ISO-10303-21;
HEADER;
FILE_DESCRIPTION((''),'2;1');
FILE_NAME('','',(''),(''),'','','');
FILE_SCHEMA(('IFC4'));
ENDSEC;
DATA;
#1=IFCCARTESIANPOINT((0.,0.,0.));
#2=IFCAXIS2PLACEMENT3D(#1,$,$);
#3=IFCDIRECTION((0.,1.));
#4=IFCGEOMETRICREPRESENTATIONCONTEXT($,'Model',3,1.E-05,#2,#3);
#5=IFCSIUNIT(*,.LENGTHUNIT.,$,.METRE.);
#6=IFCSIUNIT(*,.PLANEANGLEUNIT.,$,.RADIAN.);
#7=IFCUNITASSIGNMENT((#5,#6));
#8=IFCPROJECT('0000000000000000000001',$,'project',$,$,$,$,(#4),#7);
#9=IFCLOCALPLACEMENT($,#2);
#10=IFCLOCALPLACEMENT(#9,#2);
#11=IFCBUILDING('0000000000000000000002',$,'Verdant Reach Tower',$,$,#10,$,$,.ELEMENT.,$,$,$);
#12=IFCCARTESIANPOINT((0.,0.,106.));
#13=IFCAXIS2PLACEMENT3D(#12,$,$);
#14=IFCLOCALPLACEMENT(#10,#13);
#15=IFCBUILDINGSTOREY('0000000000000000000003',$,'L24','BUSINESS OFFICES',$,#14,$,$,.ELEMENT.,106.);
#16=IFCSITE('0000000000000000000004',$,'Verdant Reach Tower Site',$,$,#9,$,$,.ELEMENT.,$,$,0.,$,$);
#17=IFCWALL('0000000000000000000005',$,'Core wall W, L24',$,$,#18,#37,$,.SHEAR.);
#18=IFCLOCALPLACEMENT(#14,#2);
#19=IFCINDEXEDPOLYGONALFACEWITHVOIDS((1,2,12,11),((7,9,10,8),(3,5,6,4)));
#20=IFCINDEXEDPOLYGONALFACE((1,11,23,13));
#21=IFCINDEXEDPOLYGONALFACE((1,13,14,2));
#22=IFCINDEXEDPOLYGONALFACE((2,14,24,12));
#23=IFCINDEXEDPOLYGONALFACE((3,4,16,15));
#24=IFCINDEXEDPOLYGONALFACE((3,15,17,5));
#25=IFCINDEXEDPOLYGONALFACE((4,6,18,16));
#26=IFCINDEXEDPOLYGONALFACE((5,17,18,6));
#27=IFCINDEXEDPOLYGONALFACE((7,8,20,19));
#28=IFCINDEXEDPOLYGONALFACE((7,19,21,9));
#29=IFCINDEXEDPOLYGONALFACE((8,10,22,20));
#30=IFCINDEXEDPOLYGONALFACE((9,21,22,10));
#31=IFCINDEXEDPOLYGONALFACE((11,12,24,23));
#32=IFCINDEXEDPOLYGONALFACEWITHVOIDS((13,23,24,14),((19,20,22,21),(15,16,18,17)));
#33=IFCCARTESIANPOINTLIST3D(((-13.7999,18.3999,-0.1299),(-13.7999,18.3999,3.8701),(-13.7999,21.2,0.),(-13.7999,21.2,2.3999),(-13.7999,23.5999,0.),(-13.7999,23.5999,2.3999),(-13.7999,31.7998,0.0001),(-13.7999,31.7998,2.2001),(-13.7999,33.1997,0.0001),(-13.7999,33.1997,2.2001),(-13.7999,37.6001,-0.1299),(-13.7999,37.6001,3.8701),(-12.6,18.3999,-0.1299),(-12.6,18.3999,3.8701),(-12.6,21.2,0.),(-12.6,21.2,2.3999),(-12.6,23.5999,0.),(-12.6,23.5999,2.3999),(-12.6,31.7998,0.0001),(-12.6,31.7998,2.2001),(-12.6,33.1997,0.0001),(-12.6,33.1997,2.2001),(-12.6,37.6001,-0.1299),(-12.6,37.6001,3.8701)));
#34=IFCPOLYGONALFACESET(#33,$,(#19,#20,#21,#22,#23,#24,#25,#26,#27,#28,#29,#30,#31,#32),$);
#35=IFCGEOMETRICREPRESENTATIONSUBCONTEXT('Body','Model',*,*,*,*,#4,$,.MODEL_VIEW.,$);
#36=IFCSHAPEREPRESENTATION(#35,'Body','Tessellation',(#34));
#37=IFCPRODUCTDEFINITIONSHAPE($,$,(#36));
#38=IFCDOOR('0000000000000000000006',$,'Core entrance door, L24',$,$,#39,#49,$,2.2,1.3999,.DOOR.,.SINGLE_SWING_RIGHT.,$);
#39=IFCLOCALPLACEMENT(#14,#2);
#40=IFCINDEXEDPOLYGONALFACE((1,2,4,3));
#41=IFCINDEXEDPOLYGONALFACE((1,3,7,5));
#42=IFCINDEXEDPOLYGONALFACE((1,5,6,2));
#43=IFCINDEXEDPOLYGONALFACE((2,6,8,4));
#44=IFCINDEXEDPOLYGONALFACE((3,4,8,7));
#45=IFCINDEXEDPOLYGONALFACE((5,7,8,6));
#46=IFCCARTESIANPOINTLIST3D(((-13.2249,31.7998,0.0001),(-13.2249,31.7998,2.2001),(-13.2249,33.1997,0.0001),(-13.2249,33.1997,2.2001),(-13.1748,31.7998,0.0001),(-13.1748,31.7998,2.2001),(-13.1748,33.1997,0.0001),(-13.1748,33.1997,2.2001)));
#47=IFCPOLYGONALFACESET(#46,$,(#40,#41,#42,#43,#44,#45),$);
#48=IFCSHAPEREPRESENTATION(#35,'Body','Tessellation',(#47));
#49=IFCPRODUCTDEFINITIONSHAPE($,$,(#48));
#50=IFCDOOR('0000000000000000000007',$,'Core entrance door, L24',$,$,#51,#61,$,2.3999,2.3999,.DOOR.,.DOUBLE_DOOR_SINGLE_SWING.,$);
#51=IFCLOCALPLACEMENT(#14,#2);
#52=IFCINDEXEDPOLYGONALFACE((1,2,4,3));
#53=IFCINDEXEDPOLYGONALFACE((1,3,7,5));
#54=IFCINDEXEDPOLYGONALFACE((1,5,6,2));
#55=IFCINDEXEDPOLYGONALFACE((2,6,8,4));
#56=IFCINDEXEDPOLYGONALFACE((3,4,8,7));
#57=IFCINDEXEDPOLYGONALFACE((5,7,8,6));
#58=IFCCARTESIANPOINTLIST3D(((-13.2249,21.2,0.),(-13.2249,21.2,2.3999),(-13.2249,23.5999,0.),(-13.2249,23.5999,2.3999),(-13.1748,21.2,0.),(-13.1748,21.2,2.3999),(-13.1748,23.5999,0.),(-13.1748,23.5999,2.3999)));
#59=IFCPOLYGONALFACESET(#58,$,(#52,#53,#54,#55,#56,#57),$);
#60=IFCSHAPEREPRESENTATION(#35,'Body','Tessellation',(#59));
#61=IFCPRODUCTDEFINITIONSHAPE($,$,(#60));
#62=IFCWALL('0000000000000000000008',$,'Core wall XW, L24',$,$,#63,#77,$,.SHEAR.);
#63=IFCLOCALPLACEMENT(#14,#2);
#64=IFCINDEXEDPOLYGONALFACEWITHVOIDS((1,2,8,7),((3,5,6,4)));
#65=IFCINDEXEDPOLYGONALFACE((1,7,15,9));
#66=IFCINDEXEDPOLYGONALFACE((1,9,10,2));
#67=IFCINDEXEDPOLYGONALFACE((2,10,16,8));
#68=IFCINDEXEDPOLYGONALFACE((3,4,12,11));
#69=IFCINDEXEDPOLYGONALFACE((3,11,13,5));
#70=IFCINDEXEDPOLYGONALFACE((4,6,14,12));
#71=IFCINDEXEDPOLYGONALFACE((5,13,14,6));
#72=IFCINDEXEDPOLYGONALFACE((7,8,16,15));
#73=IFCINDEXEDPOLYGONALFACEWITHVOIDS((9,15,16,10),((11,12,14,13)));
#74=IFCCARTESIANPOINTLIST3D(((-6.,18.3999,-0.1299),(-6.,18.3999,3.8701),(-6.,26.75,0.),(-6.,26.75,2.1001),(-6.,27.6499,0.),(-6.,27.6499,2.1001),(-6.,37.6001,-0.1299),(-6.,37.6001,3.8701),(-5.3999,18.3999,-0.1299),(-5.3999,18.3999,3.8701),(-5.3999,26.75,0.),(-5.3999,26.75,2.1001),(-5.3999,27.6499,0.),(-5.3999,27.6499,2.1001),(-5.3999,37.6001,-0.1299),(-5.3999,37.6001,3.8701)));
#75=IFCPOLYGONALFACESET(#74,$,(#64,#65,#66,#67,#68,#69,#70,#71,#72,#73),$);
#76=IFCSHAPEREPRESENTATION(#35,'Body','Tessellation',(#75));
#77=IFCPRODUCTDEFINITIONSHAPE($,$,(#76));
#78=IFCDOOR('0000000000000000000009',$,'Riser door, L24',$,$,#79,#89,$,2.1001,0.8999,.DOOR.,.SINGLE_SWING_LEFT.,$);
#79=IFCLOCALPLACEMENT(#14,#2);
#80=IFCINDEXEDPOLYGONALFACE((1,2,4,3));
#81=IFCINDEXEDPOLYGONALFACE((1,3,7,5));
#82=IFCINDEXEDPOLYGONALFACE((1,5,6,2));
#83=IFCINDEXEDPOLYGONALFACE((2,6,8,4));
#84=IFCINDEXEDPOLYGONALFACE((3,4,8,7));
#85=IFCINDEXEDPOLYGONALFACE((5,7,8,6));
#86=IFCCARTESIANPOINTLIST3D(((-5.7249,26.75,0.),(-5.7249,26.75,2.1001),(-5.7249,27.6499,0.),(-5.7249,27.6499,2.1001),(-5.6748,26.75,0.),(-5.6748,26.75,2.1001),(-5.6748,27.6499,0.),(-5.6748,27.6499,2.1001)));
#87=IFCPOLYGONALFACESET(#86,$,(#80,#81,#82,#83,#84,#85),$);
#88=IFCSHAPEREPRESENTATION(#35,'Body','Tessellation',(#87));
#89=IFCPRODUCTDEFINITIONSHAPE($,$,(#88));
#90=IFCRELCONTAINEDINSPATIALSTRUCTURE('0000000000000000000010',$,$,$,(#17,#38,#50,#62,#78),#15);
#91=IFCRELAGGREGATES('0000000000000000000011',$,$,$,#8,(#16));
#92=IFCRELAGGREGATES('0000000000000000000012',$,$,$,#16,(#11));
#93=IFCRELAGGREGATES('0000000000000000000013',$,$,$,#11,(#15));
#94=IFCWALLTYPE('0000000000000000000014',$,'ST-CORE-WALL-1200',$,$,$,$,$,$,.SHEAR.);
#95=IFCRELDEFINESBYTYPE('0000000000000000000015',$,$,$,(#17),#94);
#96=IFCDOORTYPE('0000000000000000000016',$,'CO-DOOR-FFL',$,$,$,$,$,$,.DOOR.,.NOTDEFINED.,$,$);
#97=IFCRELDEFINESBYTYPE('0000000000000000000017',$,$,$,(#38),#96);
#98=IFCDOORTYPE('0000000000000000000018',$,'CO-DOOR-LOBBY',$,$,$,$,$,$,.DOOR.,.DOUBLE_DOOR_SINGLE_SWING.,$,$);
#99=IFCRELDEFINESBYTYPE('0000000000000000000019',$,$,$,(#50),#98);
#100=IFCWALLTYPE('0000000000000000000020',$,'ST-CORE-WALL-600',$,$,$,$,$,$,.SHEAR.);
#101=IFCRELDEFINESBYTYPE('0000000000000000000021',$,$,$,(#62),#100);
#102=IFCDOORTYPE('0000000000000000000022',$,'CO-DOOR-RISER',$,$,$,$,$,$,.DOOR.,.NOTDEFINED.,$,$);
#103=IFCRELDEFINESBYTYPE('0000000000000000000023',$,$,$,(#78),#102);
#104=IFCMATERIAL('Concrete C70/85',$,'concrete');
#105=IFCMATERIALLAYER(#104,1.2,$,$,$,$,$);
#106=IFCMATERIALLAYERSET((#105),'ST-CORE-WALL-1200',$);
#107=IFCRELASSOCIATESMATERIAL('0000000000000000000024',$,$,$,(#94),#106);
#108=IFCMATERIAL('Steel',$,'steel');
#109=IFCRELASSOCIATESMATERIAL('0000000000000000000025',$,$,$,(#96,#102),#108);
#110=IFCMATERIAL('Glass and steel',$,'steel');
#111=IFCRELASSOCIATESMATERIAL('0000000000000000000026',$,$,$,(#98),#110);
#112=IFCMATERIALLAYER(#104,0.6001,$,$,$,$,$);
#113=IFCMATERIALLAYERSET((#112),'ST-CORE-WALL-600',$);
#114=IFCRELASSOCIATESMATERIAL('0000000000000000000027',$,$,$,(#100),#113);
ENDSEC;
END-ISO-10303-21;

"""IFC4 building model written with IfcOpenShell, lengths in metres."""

from ifc_helpers import new_model, si_unit, direction, frame, frame_2d, origin, place, context, subcontext, project, spatial, rectangle, extrude, material, layer, layer_set, type_object, element, fill, save


model = new_model("IFC4")

# Units and contexts
model_context = context("Model", 3, precision=1e-05, world=origin(), true_north=direction((0.0, 1.0)))
body_context = subcontext(model_context, "Body", "Model", "MODEL_VIEW")
ifc_project = project(units=[si_unit("LENGTHUNIT", "METRE"), si_unit("PLANEANGLEUNIT", "RADIAN")], contexts=[model_context])

# Site, building, storey
site_placement = place(None, origin())
site = spatial("IfcSite", under=ifc_project, at=site_placement, Name="Verdant Reach Tower Site", CompositionType="ELEMENT", RefElevation=0.0)
building_placement = place(site_placement, origin())
building = spatial("IfcBuilding", under=site, at=building_placement, Name="Verdant Reach Tower", CompositionType="ELEMENT")
storey_placement = place(building_placement, frame((0.0, 0.0, 106.0)))
storey = spatial("IfcBuildingStorey", under=building, at=storey_placement, Name="L24", Description="BUSINESS OFFICES", CompositionType="ELEMENT", Elevation=106.0)

# Shared definitions
ifc_material_1 = material(Name="Concrete C70/85", Category="concrete")
ifc_layer_1 = layer(ifc_material_1, 1.2)
ifc_layer_set_1 = layer_set([ifc_layer_1], Name="ST-CORE-WALL-1200")
wall_type_1 = type_object("IfcWallType", Name="ST-CORE-WALL-1200", PredefinedType="SHEAR", material=ifc_layer_set_1)

# Wall, openings, doors
wall_1_placement = place(storey_placement, frame((-13.2, 18.3999, -0.1299), z_axis=(0.0, 0.0, 1.0), x_axis=(0.0, 1.0, 0.0)))
wall_1 = element("IfcWall", 1, at=wall_1_placement, inside=storey, type_object=wall_type_1, Name="Core wall W, L24", PredefinedType="SHEAR", context=body_context, shape_type="SweptSolid", body=[
    extrude(rectangle(XDim=19.2002, YDim=1.2, at=frame_2d((9.6001, 0.0))), origin(), (0.0, 0.0, 1.0), 4.0),
])
opening_1_placement = place(wall_1_placement, frame((2.8, 0.0, 0.1299)))
opening_1 = element("IfcOpeningElement", 2, at=opening_1_placement, cuts=wall_1, PredefinedType="OPENING", context=body_context, shape_type="SweptSolid", body=[
    extrude(rectangle(XDim=2.3999, YDim=2.3999, at=frame_2d((1.2, 1.2))), frame((0.0, 0.6099, 0.0), z_axis=(0.0, -1.0, 0.0), x_axis=(1.0, 0.0, 0.0)), (0.0, 0.0, 1.0), 1.22),
])
opening_2_placement = place(wall_1_placement, frame((13.3999, 0.0, 0.1299)))
opening_2 = element("IfcOpeningElement", 3, at=opening_2_placement, cuts=wall_1, PredefinedType="OPENING", context=body_context, shape_type="SweptSolid", body=[
    extrude(rectangle(XDim=1.3999, YDim=2.2, at=frame_2d((0.7, 1.1001))), frame((0.0, 0.6099, 0.0), z_axis=(0.0, -1.0, 0.0), x_axis=(1.0, 0.0, 0.0)), (0.0, 0.0, 1.0), 1.22),
])
ifc_material_2 = material(Name="Steel", Category="steel")
door_type_1 = type_object("IfcDoorType", Name="CO-DOOR-FFL", OperationType="NOTDEFINED", PredefinedType="DOOR", material=ifc_material_2)
door_1_placement = place(opening_2_placement, origin())
door_1 = element("IfcDoor", 4, at=door_1_placement, inside=storey, type_object=door_type_1, Name="Core entrance door, L24", OperationType="SINGLE_SWING_RIGHT", OverallHeight=2.2, OverallWidth=1.3999, PredefinedType="DOOR", context=body_context, shape_type="SweptSolid", body=[
    extrude(rectangle(XDim=1.3999, YDim=2.2, at=frame_2d((0.7, 1.1001))), frame((0.0, 0.0249, 0.0), z_axis=(0.0, -1.0, 0.0), x_axis=(1.0, 0.0, 0.0)), (0.0, 0.0, 1.0), 0.05),
])
fill(opening_2, door_1)
ifc_material_3 = material(Name="Glass and steel", Category="steel")
door_type_2 = type_object("IfcDoorType", Name="CO-DOOR-LOBBY", OperationType="DOUBLE_DOOR_SINGLE_SWING", PredefinedType="DOOR", material=ifc_material_3)
door_2_placement = place(opening_1_placement, origin())
door_2 = element("IfcDoor", 5, at=door_2_placement, inside=storey, type_object=door_type_2, Name="Core entrance door, L24", OperationType="DOUBLE_DOOR_SINGLE_SWING", OverallHeight=2.3999, OverallWidth=2.3999, PredefinedType="DOOR", context=body_context, shape_type="SweptSolid", body=[
    extrude(rectangle(XDim=2.3999, YDim=2.3999, at=frame_2d((1.2, 1.2))), frame((0.0, 0.0249, 0.0), z_axis=(0.0, -1.0, 0.0), x_axis=(1.0, 0.0, 0.0)), (0.0, 0.0, 1.0), 0.05),
])
fill(opening_1, door_2)

# Wall, opening, door
ifc_layer_2 = layer(ifc_material_1, 0.6001)
ifc_layer_set_2 = layer_set([ifc_layer_2], Name="ST-CORE-WALL-600")
wall_type_2 = type_object("IfcWallType", Name="ST-CORE-WALL-600", PredefinedType="SHEAR", material=ifc_layer_set_2)
wall_2_placement = place(storey_placement, frame((-5.7, 18.3999, -0.1299), z_axis=(0.0, 0.0, 1.0), x_axis=(0.0, 1.0, 0.0)))
wall_2 = element("IfcWall", 6, at=wall_2_placement, inside=storey, type_object=wall_type_2, Name="Core wall XW, L24", PredefinedType="SHEAR", context=body_context, shape_type="SweptSolid", body=[
    extrude(rectangle(XDim=19.2002, YDim=0.6001, at=frame_2d((9.6001, 0.0))), origin(), (0.0, 0.0, 1.0), 4.0),
])
opening_3_placement = place(wall_2_placement, frame((8.3501, 0.0, 0.1299)))
opening_3 = element("IfcOpeningElement", 7, at=opening_3_placement, cuts=wall_2, PredefinedType="OPENING", context=body_context, shape_type="SweptSolid", body=[
    extrude(rectangle(XDim=0.8999, YDim=2.1001, at=frame_2d((0.45, 1.05))), frame((0.0, 0.3101, 0.0), z_axis=(0.0, -1.0, 0.0), x_axis=(1.0, 0.0, 0.0)), (0.0, 0.0, 1.0), 0.6201),
])
door_type_3 = type_object("IfcDoorType", Name="CO-DOOR-RISER", OperationType="NOTDEFINED", PredefinedType="DOOR", material=ifc_material_2)
door_3_placement = place(opening_3_placement, origin())
door_3 = element("IfcDoor", 8, at=door_3_placement, inside=storey, type_object=door_type_3, Name="Riser door, L24", OperationType="SINGLE_SWING_LEFT", OverallHeight=2.1001, OverallWidth=0.8999, PredefinedType="DOOR", context=body_context, shape_type="SweptSolid", body=[
    extrude(rectangle(XDim=0.8999, YDim=2.1001, at=frame_2d((0.45, 1.05))), frame((0.0, 0.0249, 0.0), z_axis=(0.0, -1.0, 0.0), x_axis=(1.0, 0.0, 0.0)), (0.0, 0.0, 1.0), 0.05),
])
fill(opening_3, door_3)

save(model, "model.ifc")
